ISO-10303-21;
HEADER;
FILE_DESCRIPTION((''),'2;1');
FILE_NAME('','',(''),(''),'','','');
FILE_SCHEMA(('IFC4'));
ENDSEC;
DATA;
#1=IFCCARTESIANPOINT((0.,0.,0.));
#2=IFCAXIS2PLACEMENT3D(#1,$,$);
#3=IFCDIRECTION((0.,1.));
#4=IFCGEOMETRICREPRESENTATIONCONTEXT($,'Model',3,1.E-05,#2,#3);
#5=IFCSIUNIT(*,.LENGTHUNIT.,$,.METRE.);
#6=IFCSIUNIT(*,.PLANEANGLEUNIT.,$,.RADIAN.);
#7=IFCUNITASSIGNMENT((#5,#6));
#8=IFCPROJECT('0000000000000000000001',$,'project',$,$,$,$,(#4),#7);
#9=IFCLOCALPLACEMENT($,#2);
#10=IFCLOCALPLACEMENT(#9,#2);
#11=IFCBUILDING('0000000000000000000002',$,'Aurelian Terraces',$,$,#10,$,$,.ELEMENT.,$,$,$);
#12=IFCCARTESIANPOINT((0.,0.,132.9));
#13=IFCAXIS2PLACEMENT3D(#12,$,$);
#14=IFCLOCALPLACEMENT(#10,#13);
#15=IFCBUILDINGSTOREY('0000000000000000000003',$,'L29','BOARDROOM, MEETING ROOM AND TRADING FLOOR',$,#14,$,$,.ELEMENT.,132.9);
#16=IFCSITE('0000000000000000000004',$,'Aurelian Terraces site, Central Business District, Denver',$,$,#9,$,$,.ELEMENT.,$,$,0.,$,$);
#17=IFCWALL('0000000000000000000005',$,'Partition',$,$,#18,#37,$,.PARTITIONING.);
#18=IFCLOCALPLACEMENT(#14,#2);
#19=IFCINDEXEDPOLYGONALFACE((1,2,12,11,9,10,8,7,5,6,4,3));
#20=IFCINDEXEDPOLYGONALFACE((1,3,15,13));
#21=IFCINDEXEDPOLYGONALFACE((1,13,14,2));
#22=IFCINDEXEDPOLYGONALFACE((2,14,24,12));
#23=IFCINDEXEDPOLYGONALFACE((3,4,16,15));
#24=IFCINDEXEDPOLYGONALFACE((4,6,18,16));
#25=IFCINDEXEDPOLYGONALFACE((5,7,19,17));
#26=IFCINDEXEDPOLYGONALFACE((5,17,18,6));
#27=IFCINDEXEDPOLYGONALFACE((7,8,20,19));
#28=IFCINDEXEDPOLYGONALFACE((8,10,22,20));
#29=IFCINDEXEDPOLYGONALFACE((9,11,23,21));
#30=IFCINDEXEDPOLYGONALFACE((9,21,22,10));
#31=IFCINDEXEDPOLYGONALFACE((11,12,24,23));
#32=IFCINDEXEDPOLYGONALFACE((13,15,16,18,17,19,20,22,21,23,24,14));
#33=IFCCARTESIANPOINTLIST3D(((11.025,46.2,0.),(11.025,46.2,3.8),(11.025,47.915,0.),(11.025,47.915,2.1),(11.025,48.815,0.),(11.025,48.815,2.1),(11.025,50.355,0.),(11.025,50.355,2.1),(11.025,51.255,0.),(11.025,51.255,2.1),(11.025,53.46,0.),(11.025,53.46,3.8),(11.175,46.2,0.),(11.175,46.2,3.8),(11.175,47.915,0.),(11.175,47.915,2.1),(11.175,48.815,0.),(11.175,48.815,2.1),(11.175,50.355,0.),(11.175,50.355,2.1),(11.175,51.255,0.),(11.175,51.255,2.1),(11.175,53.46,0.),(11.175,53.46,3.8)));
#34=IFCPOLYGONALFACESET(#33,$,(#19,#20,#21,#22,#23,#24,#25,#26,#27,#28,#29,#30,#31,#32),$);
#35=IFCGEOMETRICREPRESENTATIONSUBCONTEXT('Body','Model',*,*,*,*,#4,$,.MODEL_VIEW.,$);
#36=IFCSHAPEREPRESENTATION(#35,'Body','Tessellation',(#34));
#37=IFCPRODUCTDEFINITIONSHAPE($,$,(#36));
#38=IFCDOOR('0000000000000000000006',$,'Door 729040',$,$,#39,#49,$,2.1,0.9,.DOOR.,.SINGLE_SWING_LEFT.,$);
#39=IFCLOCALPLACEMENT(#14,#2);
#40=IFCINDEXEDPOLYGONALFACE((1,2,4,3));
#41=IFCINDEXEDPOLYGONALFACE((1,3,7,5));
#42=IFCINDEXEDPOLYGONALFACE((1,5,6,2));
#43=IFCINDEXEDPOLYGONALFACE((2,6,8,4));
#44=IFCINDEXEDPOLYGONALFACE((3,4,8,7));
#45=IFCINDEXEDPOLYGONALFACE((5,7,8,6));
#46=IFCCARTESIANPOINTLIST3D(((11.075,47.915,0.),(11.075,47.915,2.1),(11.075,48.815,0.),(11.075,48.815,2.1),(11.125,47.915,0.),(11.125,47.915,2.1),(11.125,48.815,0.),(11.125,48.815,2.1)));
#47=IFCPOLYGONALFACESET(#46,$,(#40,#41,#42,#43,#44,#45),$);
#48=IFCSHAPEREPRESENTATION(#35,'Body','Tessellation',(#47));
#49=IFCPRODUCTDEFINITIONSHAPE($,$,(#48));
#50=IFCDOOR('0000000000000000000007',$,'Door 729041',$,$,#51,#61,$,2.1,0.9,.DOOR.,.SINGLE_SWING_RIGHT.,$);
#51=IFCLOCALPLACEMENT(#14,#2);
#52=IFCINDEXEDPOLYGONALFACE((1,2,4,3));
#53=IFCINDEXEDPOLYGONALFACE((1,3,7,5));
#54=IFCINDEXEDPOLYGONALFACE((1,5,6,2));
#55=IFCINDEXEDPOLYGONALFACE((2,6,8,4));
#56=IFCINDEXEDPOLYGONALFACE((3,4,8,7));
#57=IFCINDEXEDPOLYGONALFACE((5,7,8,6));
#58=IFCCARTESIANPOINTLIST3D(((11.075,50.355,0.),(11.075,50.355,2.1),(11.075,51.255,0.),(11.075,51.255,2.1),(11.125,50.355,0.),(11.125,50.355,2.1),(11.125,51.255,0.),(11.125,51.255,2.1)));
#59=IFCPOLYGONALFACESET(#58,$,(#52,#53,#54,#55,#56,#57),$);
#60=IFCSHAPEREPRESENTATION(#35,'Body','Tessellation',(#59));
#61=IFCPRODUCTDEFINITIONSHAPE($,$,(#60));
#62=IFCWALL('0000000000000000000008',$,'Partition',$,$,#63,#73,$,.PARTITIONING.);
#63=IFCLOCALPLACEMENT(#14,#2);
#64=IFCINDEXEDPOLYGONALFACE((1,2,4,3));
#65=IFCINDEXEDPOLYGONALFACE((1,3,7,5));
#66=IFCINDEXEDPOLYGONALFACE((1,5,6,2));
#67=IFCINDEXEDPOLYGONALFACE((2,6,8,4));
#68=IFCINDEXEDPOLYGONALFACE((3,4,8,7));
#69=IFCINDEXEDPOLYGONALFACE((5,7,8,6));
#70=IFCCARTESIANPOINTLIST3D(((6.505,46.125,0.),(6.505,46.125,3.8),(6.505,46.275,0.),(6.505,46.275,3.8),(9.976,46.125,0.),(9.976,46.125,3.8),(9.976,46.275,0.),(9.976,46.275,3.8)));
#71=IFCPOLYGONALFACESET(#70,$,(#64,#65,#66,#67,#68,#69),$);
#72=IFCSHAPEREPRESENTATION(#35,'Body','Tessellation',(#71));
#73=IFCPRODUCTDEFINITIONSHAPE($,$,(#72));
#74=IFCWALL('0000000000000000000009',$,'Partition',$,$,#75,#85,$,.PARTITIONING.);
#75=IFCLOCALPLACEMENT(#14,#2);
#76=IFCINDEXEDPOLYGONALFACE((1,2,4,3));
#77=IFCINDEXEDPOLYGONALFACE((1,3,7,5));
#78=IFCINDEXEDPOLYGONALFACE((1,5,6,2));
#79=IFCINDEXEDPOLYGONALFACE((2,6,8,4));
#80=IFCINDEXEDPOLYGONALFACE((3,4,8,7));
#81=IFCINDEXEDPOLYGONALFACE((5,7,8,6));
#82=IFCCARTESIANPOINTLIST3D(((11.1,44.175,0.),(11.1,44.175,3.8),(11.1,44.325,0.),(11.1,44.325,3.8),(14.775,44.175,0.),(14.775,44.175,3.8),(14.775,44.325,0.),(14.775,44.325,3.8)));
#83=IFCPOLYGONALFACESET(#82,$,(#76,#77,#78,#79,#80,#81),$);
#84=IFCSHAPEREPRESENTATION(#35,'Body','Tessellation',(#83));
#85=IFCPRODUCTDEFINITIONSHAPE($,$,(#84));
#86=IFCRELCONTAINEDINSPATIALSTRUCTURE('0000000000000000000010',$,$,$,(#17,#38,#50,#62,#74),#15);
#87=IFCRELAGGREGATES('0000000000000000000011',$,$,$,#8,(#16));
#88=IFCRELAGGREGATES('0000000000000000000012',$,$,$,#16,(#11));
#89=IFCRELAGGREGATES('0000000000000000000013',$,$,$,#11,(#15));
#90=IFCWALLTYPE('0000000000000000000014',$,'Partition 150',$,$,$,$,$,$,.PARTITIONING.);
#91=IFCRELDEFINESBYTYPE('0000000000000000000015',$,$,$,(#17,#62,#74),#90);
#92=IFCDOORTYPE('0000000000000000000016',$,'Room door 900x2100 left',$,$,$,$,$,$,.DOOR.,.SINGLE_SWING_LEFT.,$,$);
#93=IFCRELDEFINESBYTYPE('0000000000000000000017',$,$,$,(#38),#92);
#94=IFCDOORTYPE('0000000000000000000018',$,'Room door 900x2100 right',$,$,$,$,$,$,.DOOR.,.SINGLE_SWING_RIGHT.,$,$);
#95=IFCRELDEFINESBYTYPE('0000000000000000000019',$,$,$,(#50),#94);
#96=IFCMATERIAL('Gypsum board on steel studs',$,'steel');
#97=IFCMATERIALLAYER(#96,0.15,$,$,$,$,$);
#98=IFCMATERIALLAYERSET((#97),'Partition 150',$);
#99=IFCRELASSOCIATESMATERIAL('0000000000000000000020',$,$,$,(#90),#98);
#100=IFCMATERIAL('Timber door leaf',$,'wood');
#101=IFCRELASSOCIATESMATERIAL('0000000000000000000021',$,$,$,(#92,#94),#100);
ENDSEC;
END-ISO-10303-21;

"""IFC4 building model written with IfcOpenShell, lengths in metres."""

from ifc_helpers import new_model, si_unit, direction, frame, frame_2d, origin, place, context, subcontext, project, spatial, rectangle, extrude, source, transform, mapped, material, layer, layer_set, type_object, element, fill, save


model = new_model("IFC4")

# Units and contexts
model_context = context("Model", 3, precision=1e-05, world=origin(), true_north=direction((0.0, 1.0)))
body_context = subcontext(model_context, "Body", "Model", "MODEL_VIEW")
ifc_project = project(units=[si_unit("LENGTHUNIT", "METRE"), si_unit("PLANEANGLEUNIT", "RADIAN")], contexts=[model_context])

# Site, building, storey
site_placement = place(None, origin())
site = spatial("IfcSite", under=ifc_project, at=site_placement, Name="Aurelian Terraces site, Central Business District, Denver", CompositionType="ELEMENT", RefElevation=0.0)
building_placement = place(site_placement, origin())
building = spatial("IfcBuilding", under=site, at=building_placement, Name="Aurelian Terraces", CompositionType="ELEMENT")
storey_placement = place(building_placement, frame((0.0, 0.0, 132.9)))
storey = spatial("IfcBuildingStorey", under=building, at=storey_placement, Name="L29", Description="BOARDROOM, MEETING ROOM AND TRADING FLOOR", CompositionType="ELEMENT", Elevation=132.9)

# Shared definitions
ifc_material_1 = material(Name="Gypsum board on steel studs", Category="steel")
shared_shape_1 = source(origin(), body_context, "Body", "SweptSolid", [
    extrude(rectangle(XDim=0.9, YDim=2.1, at=frame_2d((0.45, 1.05))), frame((0.0, 0.025, 0.0), z_axis=(0.0, -1.0, 0.0), x_axis=(1.0, 0.0, 0.0)), (0.0, 0.0, 1.0), 0.05),
])

# Shared definitions
ifc_layer_1 = layer(ifc_material_1, 0.15)
ifc_layer_set_1 = layer_set([ifc_layer_1], Name="Partition 150")
wall_type_1 = type_object("IfcWallType", Name="Partition 150", PredefinedType="PARTITIONING", material=ifc_layer_set_1)

# Shared definitions
shared_shape_2 = source(origin(), body_context, "Body", "SweptSolid", [
    extrude(rectangle(XDim=0.9, YDim=2.1, at=frame_2d((0.45, 1.05))), frame((0.0, 0.085, 0.0), z_axis=(0.0, -1.0, 0.0), x_axis=(1.0, 0.0, 0.0)), (0.0, 0.0, 1.0), 0.17),
])
ifc_material_2 = material(Name="Timber door leaf", Category="wood")
door_type_1 = type_object("IfcDoorType", Name="Room door 900x2100 left", OperationType="SINGLE_SWING_LEFT", PredefinedType="DOOR", material=ifc_material_2)

# Wall, openings, doors
shared_shape_3 = source(origin(), body_context, "Body", "SweptSolid", [
    extrude(rectangle(XDim=7.26, YDim=0.15, at=frame_2d((3.63, 0.0))), origin(), (0.0, 0.0, 1.0), 3.8),
])
wall_1_placement = place(storey_placement, frame((11.1, 46.2, 0.0), z_axis=(0.0, 0.0, 1.0), x_axis=(0.0, 1.0, 0.0)))
wall_1 = element("IfcWall", 1, at=wall_1_placement, inside=storey, type_object=wall_type_1, Name="Partition", PredefinedType="PARTITIONING", context=body_context, shape_type="MappedRepresentation", body=[
    mapped(shared_shape_3, transform((0.0, 0.0, 0.0), scale=1.0)),
])
opening_1_placement = place(wall_1_placement, frame((1.715, 0.0, 0.0)))
opening_1 = element("IfcOpeningElement", 2, at=opening_1_placement, cuts=wall_1, PredefinedType="OPENING", context=body_context, shape_type="MappedRepresentation", body=[
    mapped(shared_shape_2, transform((0.0, 0.0, 0.0), scale=1.0)),
])
opening_2_placement = place(wall_1_placement, frame((4.155, 0.0, 0.0)))
opening_2 = element("IfcOpeningElement", 3, at=opening_2_placement, cuts=wall_1, PredefinedType="OPENING", context=body_context, shape_type="MappedRepresentation", body=[
    mapped(shared_shape_2, transform((0.0, 0.0, 0.0), scale=1.0)),
])
door_1_placement = place(opening_1_placement, origin())
door_1 = element("IfcDoor", 4, at=door_1_placement, inside=storey, type_object=door_type_1, Name="Door 729040", OperationType="SINGLE_SWING_LEFT", OverallHeight=2.1, OverallWidth=0.9, PredefinedType="DOOR", context=body_context, shape_type="MappedRepresentation", body=[
    mapped(shared_shape_1, transform((0.0, 0.0, 0.0), scale=1.0)),
])
fill(opening_1, door_1)
door_type_2 = type_object("IfcDoorType", Name="Room door 900x2100 right", OperationType="SINGLE_SWING_RIGHT", PredefinedType="DOOR", material=ifc_material_2)
door_2_placement = place(opening_2_placement, origin())
door_2 = element("IfcDoor", 5, at=door_2_placement, inside=storey, type_object=door_type_2, Name="Door 729041", OperationType="SINGLE_SWING_RIGHT", OverallHeight=2.1, OverallWidth=0.9, PredefinedType="DOOR", context=body_context, shape_type="MappedRepresentation", body=[
    mapped(shared_shape_1, transform((0.0, 0.0, 0.0), scale=1.0)),
])
fill(opening_2, door_2)

# Walls
shared_shape_4 = source(origin(), body_context, "Body", "SweptSolid", [
    extrude(rectangle(XDim=3.471, YDim=0.15, at=frame_2d((1.7355, 0.0))), origin(), (0.0, 0.0, 1.0), 3.8),
])
wall_2_placement = place(storey_placement, frame((9.976, 46.2, 0.0), z_axis=(0.0, 0.0, 1.0), x_axis=(-1.0, 0.0, 0.0)))
element("IfcWall", 6, at=wall_2_placement, inside=storey, type_object=wall_type_1, Name="Partition", PredefinedType="PARTITIONING", context=body_context, shape_type="MappedRepresentation", body=[
    mapped(shared_shape_4, transform((0.0, 0.0, 0.0), scale=1.0)),
])
shared_shape_5 = source(origin(), body_context, "Body", "SweptSolid", [
    extrude(rectangle(XDim=3.675, YDim=0.15, at=frame_2d((1.8375, 0.0))), origin(), (0.0, 0.0, 1.0), 3.8),
])
wall_3_placement = place(storey_placement, frame((14.775, 44.25, 0.0), z_axis=(0.0, 0.0, 1.0), x_axis=(-1.0, 0.0, 0.0)))
element("IfcWall", 7, at=wall_3_placement, inside=storey, type_object=wall_type_1, Name="Partition", PredefinedType="PARTITIONING", context=body_context, shape_type="MappedRepresentation", body=[
    mapped(shared_shape_5, transform((0.0, 0.0, 0.0), scale=1.0)),
])

save(model, "model.ifc")
